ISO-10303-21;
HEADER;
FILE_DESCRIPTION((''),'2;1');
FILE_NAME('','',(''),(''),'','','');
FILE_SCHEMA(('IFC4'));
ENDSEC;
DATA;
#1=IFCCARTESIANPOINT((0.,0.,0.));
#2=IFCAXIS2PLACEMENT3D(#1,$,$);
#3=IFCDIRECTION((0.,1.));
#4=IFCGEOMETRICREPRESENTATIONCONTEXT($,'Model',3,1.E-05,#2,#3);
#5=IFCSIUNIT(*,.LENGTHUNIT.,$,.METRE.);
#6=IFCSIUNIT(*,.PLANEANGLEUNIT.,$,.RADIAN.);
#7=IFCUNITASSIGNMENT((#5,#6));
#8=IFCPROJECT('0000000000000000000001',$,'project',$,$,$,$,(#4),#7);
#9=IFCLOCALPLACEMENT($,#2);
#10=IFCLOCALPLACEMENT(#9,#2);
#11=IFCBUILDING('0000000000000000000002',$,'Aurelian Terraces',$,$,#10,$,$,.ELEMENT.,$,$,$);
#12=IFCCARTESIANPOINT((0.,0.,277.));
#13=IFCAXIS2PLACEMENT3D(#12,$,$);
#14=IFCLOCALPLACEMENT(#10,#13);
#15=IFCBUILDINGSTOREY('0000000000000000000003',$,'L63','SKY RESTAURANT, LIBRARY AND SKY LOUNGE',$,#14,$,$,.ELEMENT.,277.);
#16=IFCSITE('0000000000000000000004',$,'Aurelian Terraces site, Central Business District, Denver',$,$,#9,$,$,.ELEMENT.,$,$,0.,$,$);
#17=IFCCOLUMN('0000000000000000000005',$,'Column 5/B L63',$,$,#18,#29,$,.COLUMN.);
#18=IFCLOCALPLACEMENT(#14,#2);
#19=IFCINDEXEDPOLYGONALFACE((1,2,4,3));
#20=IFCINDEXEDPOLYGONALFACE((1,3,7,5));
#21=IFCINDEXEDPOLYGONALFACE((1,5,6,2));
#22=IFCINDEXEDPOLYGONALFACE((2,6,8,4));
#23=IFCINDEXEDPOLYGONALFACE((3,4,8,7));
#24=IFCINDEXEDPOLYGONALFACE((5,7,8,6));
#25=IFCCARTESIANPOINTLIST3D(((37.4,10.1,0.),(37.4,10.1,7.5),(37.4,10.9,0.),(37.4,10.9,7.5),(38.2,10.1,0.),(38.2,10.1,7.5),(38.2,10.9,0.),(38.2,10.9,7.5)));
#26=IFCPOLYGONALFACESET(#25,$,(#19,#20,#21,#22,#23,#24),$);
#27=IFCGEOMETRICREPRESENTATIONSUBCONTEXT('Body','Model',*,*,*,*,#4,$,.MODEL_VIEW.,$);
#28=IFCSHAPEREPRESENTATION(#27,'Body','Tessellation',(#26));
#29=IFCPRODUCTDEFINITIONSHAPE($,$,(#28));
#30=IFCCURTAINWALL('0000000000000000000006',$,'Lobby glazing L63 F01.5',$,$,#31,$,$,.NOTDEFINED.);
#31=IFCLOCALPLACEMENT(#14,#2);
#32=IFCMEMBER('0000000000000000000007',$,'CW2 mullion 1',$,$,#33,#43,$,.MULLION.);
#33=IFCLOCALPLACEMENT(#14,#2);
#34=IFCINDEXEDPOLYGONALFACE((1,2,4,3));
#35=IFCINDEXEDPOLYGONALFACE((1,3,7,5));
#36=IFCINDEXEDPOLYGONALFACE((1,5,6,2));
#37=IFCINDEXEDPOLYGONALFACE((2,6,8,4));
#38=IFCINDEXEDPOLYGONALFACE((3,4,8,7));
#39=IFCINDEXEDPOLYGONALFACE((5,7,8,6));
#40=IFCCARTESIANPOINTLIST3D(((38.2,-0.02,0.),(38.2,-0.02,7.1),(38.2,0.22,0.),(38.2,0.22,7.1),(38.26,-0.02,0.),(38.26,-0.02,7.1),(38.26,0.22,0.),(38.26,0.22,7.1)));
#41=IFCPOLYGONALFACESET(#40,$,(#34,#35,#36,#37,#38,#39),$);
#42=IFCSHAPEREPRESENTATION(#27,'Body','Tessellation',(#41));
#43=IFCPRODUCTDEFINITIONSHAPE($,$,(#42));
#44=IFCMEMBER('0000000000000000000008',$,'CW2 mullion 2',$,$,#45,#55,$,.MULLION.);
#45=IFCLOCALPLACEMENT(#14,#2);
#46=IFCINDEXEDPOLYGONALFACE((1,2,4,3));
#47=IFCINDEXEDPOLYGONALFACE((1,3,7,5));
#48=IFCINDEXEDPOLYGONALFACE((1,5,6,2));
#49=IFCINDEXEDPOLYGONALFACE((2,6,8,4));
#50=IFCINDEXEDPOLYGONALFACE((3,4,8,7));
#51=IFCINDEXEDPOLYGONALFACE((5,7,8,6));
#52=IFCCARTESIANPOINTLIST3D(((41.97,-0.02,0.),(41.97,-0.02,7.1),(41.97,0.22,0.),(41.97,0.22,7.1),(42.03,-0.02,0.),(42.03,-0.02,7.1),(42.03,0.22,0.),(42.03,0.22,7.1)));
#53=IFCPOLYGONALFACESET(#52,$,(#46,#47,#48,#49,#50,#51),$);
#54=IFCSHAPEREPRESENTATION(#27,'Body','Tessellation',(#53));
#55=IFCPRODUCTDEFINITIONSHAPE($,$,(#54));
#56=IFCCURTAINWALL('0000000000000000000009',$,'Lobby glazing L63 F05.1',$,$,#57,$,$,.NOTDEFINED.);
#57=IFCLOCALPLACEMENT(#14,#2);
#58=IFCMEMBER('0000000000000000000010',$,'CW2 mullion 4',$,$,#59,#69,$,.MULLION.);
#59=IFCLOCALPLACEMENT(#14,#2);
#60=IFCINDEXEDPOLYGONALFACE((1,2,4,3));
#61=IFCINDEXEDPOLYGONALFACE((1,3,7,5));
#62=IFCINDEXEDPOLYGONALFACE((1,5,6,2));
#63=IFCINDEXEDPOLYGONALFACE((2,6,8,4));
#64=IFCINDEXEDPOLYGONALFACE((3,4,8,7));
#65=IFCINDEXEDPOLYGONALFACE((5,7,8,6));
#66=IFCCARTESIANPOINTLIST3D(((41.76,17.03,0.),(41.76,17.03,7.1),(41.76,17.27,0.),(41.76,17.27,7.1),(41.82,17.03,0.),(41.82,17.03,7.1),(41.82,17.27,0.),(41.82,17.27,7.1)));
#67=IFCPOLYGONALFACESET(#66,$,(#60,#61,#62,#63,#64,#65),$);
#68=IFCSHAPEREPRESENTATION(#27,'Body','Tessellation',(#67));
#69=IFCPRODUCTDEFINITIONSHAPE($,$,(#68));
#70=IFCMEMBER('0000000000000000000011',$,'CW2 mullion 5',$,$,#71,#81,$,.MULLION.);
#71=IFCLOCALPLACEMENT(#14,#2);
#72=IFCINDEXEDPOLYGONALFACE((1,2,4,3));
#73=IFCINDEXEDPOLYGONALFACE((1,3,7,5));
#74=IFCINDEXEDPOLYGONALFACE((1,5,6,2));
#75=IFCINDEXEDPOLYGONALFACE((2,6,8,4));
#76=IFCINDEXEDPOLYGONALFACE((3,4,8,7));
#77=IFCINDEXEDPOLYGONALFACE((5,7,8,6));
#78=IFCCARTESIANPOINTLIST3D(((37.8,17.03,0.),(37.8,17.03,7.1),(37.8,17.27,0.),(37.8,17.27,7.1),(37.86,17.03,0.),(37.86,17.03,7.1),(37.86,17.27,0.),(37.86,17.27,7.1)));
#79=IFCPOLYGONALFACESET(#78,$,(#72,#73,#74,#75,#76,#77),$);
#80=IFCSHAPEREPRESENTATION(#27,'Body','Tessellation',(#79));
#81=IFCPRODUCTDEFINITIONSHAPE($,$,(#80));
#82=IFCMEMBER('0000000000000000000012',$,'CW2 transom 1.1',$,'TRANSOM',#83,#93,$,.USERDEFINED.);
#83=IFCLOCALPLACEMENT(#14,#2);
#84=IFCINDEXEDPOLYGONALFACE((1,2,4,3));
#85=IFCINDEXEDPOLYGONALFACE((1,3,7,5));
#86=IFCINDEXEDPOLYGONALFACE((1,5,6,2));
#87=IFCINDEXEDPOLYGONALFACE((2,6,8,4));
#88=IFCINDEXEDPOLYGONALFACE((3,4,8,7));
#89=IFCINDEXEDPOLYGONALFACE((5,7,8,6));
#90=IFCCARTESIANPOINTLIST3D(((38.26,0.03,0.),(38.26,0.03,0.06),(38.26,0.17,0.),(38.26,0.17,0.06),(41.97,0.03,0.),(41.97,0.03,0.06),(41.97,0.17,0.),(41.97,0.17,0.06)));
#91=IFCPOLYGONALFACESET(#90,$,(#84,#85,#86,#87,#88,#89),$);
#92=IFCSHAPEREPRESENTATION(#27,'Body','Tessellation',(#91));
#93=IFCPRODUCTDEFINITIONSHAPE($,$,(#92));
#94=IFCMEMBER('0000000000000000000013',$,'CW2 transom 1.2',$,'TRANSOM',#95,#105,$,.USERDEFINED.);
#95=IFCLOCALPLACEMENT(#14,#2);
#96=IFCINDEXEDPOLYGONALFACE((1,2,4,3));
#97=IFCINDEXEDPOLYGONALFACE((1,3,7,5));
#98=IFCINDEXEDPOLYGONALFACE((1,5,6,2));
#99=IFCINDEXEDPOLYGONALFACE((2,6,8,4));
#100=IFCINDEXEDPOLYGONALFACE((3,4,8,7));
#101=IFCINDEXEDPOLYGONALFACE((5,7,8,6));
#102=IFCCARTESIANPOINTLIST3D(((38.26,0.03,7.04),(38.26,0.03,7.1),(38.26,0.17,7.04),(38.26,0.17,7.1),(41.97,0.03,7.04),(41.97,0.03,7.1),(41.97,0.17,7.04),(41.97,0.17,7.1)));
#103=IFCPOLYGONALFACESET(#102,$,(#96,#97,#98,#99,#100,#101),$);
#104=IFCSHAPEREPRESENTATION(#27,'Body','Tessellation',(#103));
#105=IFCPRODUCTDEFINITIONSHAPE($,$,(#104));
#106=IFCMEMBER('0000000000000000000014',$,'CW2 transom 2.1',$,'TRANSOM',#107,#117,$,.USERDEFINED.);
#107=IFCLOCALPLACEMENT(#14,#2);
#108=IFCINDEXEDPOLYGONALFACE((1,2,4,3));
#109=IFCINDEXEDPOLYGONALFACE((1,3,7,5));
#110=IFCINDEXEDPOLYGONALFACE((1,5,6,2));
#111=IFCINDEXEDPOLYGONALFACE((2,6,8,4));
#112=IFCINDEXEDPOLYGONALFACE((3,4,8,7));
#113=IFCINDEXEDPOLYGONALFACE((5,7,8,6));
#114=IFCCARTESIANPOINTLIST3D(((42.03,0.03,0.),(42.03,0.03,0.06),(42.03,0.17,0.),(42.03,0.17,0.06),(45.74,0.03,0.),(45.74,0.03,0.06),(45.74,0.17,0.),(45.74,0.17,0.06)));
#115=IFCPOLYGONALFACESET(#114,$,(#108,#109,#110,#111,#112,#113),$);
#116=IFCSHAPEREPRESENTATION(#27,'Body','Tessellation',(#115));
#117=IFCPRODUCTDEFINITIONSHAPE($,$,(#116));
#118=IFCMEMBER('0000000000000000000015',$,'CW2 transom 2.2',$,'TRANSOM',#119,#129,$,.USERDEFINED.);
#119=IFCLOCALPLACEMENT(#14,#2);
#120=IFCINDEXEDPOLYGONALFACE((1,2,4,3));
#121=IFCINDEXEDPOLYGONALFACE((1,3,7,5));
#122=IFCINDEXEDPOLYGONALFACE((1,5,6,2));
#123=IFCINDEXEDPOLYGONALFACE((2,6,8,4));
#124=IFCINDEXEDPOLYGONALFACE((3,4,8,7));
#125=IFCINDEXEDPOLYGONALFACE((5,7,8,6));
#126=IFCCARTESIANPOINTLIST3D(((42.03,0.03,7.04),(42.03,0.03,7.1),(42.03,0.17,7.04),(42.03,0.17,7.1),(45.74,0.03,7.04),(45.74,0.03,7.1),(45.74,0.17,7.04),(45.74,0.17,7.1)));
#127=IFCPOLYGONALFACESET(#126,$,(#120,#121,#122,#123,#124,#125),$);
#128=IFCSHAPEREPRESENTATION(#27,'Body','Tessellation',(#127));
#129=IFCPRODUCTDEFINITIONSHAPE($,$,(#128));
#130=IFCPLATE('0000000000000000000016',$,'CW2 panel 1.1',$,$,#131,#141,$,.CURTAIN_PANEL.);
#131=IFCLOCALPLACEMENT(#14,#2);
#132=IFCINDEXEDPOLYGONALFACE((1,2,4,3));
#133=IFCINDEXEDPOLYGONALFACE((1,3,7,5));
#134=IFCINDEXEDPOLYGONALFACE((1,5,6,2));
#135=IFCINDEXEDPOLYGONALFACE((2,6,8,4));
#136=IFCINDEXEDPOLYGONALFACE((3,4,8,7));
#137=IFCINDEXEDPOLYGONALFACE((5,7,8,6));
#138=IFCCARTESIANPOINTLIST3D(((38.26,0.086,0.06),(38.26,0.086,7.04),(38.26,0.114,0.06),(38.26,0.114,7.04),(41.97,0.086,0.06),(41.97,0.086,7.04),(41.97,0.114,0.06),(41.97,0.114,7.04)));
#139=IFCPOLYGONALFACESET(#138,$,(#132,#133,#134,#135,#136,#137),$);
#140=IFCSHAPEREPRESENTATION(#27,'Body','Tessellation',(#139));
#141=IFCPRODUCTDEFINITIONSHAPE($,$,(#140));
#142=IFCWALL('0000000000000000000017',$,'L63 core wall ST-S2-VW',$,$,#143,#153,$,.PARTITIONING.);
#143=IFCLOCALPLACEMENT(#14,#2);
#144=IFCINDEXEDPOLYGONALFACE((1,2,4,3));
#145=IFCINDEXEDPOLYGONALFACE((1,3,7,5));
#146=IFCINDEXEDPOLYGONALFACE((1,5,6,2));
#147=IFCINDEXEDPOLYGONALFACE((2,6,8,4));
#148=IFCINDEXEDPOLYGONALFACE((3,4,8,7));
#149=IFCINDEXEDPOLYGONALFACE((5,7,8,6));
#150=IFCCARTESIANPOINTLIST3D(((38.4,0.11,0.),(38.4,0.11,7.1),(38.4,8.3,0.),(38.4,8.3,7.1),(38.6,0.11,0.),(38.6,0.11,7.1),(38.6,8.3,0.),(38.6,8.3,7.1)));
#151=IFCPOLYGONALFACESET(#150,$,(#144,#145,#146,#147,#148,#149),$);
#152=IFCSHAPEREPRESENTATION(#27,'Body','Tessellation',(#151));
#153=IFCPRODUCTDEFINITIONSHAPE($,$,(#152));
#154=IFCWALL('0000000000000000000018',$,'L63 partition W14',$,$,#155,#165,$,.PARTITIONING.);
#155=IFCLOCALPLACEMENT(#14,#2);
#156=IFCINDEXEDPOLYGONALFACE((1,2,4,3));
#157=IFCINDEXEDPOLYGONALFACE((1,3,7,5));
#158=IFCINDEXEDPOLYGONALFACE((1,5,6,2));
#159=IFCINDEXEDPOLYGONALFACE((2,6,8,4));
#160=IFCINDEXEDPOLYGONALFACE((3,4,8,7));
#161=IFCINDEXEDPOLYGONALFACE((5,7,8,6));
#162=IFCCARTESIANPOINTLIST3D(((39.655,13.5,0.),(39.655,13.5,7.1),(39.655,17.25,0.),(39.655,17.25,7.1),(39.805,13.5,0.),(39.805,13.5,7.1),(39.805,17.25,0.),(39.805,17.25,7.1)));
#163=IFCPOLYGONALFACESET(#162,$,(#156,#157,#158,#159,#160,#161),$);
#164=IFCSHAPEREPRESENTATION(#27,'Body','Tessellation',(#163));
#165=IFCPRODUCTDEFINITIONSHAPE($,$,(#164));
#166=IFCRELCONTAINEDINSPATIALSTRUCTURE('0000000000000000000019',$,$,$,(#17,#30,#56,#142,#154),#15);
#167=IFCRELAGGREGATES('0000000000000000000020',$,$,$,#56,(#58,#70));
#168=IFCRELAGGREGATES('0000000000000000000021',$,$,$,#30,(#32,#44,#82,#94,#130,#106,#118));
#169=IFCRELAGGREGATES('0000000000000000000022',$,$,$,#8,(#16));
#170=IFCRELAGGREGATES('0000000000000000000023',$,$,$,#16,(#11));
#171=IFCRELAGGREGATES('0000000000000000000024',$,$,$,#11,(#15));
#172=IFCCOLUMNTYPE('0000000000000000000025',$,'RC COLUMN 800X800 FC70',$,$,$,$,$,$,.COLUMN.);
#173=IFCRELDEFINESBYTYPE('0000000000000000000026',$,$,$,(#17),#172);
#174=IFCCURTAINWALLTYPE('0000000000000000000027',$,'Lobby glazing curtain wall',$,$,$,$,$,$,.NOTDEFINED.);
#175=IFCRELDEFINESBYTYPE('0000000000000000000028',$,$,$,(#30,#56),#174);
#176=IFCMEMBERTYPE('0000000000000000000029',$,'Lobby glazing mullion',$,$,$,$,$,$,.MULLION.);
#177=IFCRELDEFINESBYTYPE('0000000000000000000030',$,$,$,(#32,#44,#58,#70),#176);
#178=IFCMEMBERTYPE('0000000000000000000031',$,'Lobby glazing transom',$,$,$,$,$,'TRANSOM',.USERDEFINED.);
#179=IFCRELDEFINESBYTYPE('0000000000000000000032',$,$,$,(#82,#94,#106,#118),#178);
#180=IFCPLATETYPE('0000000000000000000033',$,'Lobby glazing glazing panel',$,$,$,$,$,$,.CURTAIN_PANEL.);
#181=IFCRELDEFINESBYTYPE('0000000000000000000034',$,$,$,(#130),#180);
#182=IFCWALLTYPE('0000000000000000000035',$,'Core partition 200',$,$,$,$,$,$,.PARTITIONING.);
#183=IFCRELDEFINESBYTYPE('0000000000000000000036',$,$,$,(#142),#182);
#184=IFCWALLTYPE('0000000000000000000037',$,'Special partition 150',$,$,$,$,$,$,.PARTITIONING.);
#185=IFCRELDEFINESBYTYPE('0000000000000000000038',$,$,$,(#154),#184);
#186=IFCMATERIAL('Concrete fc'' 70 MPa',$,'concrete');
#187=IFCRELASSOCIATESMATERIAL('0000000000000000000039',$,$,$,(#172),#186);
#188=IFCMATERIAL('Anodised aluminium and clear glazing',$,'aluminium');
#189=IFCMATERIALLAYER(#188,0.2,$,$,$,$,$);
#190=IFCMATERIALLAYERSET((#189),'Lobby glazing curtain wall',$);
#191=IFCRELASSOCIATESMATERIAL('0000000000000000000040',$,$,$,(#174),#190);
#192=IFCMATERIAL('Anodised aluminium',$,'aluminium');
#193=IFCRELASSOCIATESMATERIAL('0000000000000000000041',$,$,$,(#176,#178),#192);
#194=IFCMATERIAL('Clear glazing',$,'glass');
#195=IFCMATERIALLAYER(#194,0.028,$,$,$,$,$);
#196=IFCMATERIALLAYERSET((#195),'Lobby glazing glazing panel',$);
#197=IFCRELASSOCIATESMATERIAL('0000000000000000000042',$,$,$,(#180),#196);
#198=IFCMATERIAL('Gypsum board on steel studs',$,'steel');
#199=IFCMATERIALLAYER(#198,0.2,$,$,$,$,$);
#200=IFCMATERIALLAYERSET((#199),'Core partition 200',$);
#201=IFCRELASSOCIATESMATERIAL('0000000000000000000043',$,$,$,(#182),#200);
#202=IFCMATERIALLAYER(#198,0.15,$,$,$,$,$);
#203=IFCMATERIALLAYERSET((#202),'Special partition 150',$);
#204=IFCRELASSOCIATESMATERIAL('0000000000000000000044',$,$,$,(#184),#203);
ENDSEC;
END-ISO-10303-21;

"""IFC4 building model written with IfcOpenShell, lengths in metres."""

from ifc_helpers import new_model, si_unit, direction, frame, frame_2d, origin, origin_2d, place, context, subcontext, project, spatial, rectangle, extrude, source, transform, mapped, material, layer, layer_set, material_profile, profile_set, type_object, element, aggregate, save


model = new_model("IFC4")

# Units and contexts
model_context = context("Model", 3, precision=1e-05, world=origin(), true_north=direction((0.0, 1.0)))
body_context = subcontext(model_context, "Body", "Model", "MODEL_VIEW")
ifc_project = project(units=[si_unit("LENGTHUNIT", "METRE"), si_unit("PLANEANGLEUNIT", "RADIAN")], contexts=[model_context])

# Site, building, storey
site_placement = place(None, origin())
site = spatial("IfcSite", under=ifc_project, at=site_placement, Name="Aurelian Terraces site, Central Business District, Denver", CompositionType="ELEMENT", RefElevation=0.0)
building_placement = place(site_placement, origin())
building = spatial("IfcBuilding", under=site, at=building_placement, Name="Aurelian Terraces", CompositionType="ELEMENT")
storey_placement = place(building_placement, frame((0.0, 0.0, 277.0)))
storey = spatial("IfcBuildingStorey", under=building, at=storey_placement, Name="L63", Description="SKY RESTAURANT, LIBRARY AND SKY LOUNGE", CompositionType="ELEMENT", Elevation=277.0)

# Column
ifc_material_1 = material(Name="Concrete fc' 70 MPa", Category="concrete")
ifc_material_profile_1 = material_profile(ifc_material_1, rectangle(XDim=0.8, YDim=0.8, at=origin_2d()))
ifc_profile_set_1 = profile_set([ifc_material_profile_1], Name="Concrete fc' 70 MPa")
column_type = type_object("IfcColumnType", Name="RC COLUMN 800X800 FC70", PredefinedType="COLUMN", material=ifc_profile_set_1)
shared_shape_1 = source(origin(), body_context, "Body", "SweptSolid", [
    extrude(rectangle(XDim=0.8, YDim=0.8, at=origin_2d()), origin(), (0.0, 0.0, 1.0), 7.5),
])
column_placement = place(storey_placement, frame((37.8, 10.5, 0.0), z_axis=(0.0, 0.0, 1.0), x_axis=(1.0, 0.0, 0.0)))
element("IfcColumn", 1, at=column_placement, inside=storey, type_object=column_type, Name="Column 5/B L63", PredefinedType="COLUMN", context=body_context, shape_type="MappedRepresentation", body=[
    mapped(shared_shape_1, transform((0.0, 0.0, 0.0), scale=1.0)),
])

# Curtain walls, members
ifc_material_2 = material(Name="Anodised aluminium and clear glazing", Category="aluminium")
ifc_layer_1 = layer(ifc_material_2, 0.2)
ifc_layer_set_1 = layer_set([ifc_layer_1], Name="Lobby glazing curtain wall")
curtain_wall_type = type_object("IfcCurtainWallType", Name="Lobby glazing curtain wall", PredefinedType="NOTDEFINED", material=ifc_layer_set_1)
curtain_wall_1_placement = place(storey_placement, origin())
curtain_wall_1 = element("IfcCurtainWall", 2, at=curtain_wall_1_placement, inside=storey, type_object=curtain_wall_type, Name="Lobby glazing L63 F01.5", PredefinedType="NOTDEFINED")
ifc_material_3 = material(Name="Anodised aluminium", Category="aluminium")
ifc_material_profile_2 = material_profile(ifc_material_3, rectangle(XDim=0.24, YDim=0.06, at=origin_2d()))
ifc_profile_set_2 = profile_set([ifc_material_profile_2], Name="Anodised aluminium")
member_type_1 = type_object("IfcMemberType", Name="Lobby glazing mullion", PredefinedType="MULLION", material=ifc_profile_set_2)
shared_shape_2 = source(origin(), body_context, "Body", "SweptSolid", [
    extrude(rectangle(XDim=0.24, YDim=0.06, at=origin_2d()), origin(), (0.0, 0.0, 1.0), 7.1),
])
member_1_placement = place(storey_placement, frame((38.23, 0.1, 0.0), z_axis=(0.0, 0.0, 1.0), x_axis=(0.0, 1.0, 0.0)))
member_1 = element("IfcMember", 3, at=member_1_placement, type_object=member_type_1, Name="CW2 mullion 1", PredefinedType="MULLION", context=body_context, shape_type="MappedRepresentation", body=[
    mapped(shared_shape_2, transform((0.0, 0.0, 0.0), scale=1.0)),
])
member_2_placement = place(storey_placement, frame((42.0, 0.1, 0.0), z_axis=(0.0, 0.0, 1.0), x_axis=(0.0, 1.0, 0.0)))
member_2 = element("IfcMember", 4, at=member_2_placement, type_object=member_type_1, Name="CW2 mullion 2", PredefinedType="MULLION", context=body_context, shape_type="MappedRepresentation", body=[
    mapped(shared_shape_2, transform((0.0, 0.0, 0.0), scale=1.0)),
])
curtain_wall_2_placement = place(storey_placement, origin())
curtain_wall_2 = element("IfcCurtainWall", 5, at=curtain_wall_2_placement, inside=storey, type_object=curtain_wall_type, Name="Lobby glazing L63 F05.1", PredefinedType="NOTDEFINED")
member_3_placement = place(storey_placement, frame((41.79, 17.15, 0.0), z_axis=(0.0, 0.0, 1.0), x_axis=(0.0, -1.0, 0.0)))
member_3 = element("IfcMember", 6, at=member_3_placement, type_object=member_type_1, Name="CW2 mullion 4", PredefinedType="MULLION", context=body_context, shape_type="MappedRepresentation", body=[
    mapped(shared_shape_2, transform((0.0, 0.0, 0.0), scale=1.0)),
])
member_4_placement = place(storey_placement, frame((37.83, 17.15, 0.0), z_axis=(0.0, 0.0, 1.0), x_axis=(0.0, -1.0, 0.0)))
member_4 = element("IfcMember", 7, at=member_4_placement, type_object=member_type_1, Name="CW2 mullion 5", PredefinedType="MULLION", context=body_context, shape_type="MappedRepresentation", body=[
    mapped(shared_shape_2, transform((0.0, 0.0, 0.0), scale=1.0)),
])
aggregate(curtain_wall_2, [member_3, member_4])

# Members
ifc_material_profile_3 = material_profile(ifc_material_3, rectangle(XDim=0.14, YDim=0.06, at=origin_2d()))
ifc_profile_set_3 = profile_set([ifc_material_profile_3], Name="Anodised aluminium")
member_type_2 = type_object("IfcMemberType", Name="Lobby glazing transom", ElementType="TRANSOM", PredefinedType="USERDEFINED", material=ifc_profile_set_3)
shared_shape_3 = source(origin(), body_context, "Body", "SweptSolid", [
    extrude(rectangle(XDim=0.14, YDim=0.06, at=origin_2d()), origin(), (0.0, 0.0, 1.0), 3.71),
])
member_5_placement = place(storey_placement, frame((38.26, 0.1, 0.03), z_axis=(1.0, 0.0, 0.0), x_axis=(0.0, 1.0, 0.0)))
member_5 = element("IfcMember", 8, at=member_5_placement, type_object=member_type_2, Name="CW2 transom 1.1", ObjectType="TRANSOM", PredefinedType="USERDEFINED", context=body_context, shape_type="MappedRepresentation", body=[
    mapped(shared_shape_3, transform((0.0, 0.0, 0.0), scale=1.0)),
])
member_6_placement = place(storey_placement, frame((38.26, 0.1, 7.07), z_axis=(1.0, 0.0, 0.0), x_axis=(0.0, 1.0, 0.0)))
member_6 = element("IfcMember", 9, at=member_6_placement, type_object=member_type_2, Name="CW2 transom 1.2", ObjectType="TRANSOM", PredefinedType="USERDEFINED", context=body_context, shape_type="MappedRepresentation", body=[
    mapped(shared_shape_3, transform((0.0, 0.0, 0.0), scale=1.0)),
])
member_7_placement = place(storey_placement, frame((42.03, 0.1, 0.03), z_axis=(1.0, 0.0, 0.0), x_axis=(0.0, 1.0, 0.0)))
member_7 = element("IfcMember", 10, at=member_7_placement, type_object=member_type_2, Name="CW2 transom 2.1", ObjectType="TRANSOM", PredefinedType="USERDEFINED", context=body_context, shape_type="MappedRepresentation", body=[
    mapped(shared_shape_3, transform((0.0, 0.0, 0.0), scale=1.0)),
])
member_8_placement = place(storey_placement, frame((42.03, 0.1, 7.07), z_axis=(1.0, 0.0, 0.0), x_axis=(0.0, 1.0, 0.0)))
member_8 = element("IfcMember", 11, at=member_8_placement, type_object=member_type_2, Name="CW2 transom 2.2", ObjectType="TRANSOM", PredefinedType="USERDEFINED", context=body_context, shape_type="MappedRepresentation", body=[
    mapped(shared_shape_3, transform((0.0, 0.0, 0.0), scale=1.0)),
])

# Plate
ifc_material_4 = material(Name="Clear glazing", Category="glass")
ifc_layer_2 = layer(ifc_material_4, 0.028)
ifc_layer_set_2 = layer_set([ifc_layer_2], Name="Lobby glazing glazing panel")
plate_type = type_object("IfcPlateType", Name="Lobby glazing glazing panel", PredefinedType="CURTAIN_PANEL", material=ifc_layer_set_2)
shared_shape_4 = source(origin(), body_context, "Body", "SweptSolid", [
    extrude(rectangle(XDim=3.71, YDim=0.028, at=origin_2d()), origin(), (0.0, 0.0, 1.0), 6.98),
])
plate_placement = place(storey_placement, frame((40.115, 0.1, 0.06), z_axis=(0.0, 0.0, 1.0), x_axis=(1.0, 0.0, 0.0)))
plate = element("IfcPlate", 12, at=plate_placement, type_object=plate_type, Name="CW2 panel 1.1", PredefinedType="CURTAIN_PANEL", context=body_context, shape_type="MappedRepresentation", body=[
    mapped(shared_shape_4, transform((0.0, 0.0, 0.0), scale=1.0)),
])
aggregate(curtain_wall_1, [member_1, member_2, member_5, member_6, plate, member_7, member_8])

# Walls
ifc_material_5 = material(Name="Gypsum board on steel studs", Category="steel")
ifc_layer_3 = layer(ifc_material_5, 0.2)
ifc_layer_set_3 = layer_set([ifc_layer_3], Name="Core partition 200")
wall_type_1 = type_object("IfcWallType", Name="Core partition 200", PredefinedType="PARTITIONING", material=ifc_layer_set_3)
wall_1_placement = place(storey_placement, frame((38.5, 0.11, 0.0), z_axis=(0.0, 0.0, 1.0), x_axis=(0.0, 1.0, 0.0)))
element("IfcWall", 13, at=wall_1_placement, inside=storey, type_object=wall_type_1, Name="L63 core wall ST-S2-VW", PredefinedType="PARTITIONING", context=body_context, shape_type="SweptSolid", body=[
    extrude(rectangle(XDim=8.19, YDim=0.2, at=frame_2d((4.095, 0.0))), origin(), (0.0, 0.0, 1.0), 7.1),
])
ifc_layer_4 = layer(ifc_material_5, 0.15)
ifc_layer_set_4 = layer_set([ifc_layer_4], Name="Special partition 150")
wall_type_2 = type_object("IfcWallType", Name="Special partition 150", PredefinedType="PARTITIONING", material=ifc_layer_set_4)
wall_2_placement = place(storey_placement, frame((39.73, 13.5, 0.0), z_axis=(0.0, 0.0, 1.0), x_axis=(0.0, 1.0, 0.0)))
element("IfcWall", 14, at=wall_2_placement, inside=storey, type_object=wall_type_2, Name="L63 partition W14", PredefinedType="PARTITIONING", context=body_context, shape_type="SweptSolid", body=[
    extrude(rectangle(XDim=3.75, YDim=0.15, at=frame_2d((1.875, 0.0))), origin(), (0.0, 0.0, 1.0), 7.1),
])

save(model, "model.ifc")
